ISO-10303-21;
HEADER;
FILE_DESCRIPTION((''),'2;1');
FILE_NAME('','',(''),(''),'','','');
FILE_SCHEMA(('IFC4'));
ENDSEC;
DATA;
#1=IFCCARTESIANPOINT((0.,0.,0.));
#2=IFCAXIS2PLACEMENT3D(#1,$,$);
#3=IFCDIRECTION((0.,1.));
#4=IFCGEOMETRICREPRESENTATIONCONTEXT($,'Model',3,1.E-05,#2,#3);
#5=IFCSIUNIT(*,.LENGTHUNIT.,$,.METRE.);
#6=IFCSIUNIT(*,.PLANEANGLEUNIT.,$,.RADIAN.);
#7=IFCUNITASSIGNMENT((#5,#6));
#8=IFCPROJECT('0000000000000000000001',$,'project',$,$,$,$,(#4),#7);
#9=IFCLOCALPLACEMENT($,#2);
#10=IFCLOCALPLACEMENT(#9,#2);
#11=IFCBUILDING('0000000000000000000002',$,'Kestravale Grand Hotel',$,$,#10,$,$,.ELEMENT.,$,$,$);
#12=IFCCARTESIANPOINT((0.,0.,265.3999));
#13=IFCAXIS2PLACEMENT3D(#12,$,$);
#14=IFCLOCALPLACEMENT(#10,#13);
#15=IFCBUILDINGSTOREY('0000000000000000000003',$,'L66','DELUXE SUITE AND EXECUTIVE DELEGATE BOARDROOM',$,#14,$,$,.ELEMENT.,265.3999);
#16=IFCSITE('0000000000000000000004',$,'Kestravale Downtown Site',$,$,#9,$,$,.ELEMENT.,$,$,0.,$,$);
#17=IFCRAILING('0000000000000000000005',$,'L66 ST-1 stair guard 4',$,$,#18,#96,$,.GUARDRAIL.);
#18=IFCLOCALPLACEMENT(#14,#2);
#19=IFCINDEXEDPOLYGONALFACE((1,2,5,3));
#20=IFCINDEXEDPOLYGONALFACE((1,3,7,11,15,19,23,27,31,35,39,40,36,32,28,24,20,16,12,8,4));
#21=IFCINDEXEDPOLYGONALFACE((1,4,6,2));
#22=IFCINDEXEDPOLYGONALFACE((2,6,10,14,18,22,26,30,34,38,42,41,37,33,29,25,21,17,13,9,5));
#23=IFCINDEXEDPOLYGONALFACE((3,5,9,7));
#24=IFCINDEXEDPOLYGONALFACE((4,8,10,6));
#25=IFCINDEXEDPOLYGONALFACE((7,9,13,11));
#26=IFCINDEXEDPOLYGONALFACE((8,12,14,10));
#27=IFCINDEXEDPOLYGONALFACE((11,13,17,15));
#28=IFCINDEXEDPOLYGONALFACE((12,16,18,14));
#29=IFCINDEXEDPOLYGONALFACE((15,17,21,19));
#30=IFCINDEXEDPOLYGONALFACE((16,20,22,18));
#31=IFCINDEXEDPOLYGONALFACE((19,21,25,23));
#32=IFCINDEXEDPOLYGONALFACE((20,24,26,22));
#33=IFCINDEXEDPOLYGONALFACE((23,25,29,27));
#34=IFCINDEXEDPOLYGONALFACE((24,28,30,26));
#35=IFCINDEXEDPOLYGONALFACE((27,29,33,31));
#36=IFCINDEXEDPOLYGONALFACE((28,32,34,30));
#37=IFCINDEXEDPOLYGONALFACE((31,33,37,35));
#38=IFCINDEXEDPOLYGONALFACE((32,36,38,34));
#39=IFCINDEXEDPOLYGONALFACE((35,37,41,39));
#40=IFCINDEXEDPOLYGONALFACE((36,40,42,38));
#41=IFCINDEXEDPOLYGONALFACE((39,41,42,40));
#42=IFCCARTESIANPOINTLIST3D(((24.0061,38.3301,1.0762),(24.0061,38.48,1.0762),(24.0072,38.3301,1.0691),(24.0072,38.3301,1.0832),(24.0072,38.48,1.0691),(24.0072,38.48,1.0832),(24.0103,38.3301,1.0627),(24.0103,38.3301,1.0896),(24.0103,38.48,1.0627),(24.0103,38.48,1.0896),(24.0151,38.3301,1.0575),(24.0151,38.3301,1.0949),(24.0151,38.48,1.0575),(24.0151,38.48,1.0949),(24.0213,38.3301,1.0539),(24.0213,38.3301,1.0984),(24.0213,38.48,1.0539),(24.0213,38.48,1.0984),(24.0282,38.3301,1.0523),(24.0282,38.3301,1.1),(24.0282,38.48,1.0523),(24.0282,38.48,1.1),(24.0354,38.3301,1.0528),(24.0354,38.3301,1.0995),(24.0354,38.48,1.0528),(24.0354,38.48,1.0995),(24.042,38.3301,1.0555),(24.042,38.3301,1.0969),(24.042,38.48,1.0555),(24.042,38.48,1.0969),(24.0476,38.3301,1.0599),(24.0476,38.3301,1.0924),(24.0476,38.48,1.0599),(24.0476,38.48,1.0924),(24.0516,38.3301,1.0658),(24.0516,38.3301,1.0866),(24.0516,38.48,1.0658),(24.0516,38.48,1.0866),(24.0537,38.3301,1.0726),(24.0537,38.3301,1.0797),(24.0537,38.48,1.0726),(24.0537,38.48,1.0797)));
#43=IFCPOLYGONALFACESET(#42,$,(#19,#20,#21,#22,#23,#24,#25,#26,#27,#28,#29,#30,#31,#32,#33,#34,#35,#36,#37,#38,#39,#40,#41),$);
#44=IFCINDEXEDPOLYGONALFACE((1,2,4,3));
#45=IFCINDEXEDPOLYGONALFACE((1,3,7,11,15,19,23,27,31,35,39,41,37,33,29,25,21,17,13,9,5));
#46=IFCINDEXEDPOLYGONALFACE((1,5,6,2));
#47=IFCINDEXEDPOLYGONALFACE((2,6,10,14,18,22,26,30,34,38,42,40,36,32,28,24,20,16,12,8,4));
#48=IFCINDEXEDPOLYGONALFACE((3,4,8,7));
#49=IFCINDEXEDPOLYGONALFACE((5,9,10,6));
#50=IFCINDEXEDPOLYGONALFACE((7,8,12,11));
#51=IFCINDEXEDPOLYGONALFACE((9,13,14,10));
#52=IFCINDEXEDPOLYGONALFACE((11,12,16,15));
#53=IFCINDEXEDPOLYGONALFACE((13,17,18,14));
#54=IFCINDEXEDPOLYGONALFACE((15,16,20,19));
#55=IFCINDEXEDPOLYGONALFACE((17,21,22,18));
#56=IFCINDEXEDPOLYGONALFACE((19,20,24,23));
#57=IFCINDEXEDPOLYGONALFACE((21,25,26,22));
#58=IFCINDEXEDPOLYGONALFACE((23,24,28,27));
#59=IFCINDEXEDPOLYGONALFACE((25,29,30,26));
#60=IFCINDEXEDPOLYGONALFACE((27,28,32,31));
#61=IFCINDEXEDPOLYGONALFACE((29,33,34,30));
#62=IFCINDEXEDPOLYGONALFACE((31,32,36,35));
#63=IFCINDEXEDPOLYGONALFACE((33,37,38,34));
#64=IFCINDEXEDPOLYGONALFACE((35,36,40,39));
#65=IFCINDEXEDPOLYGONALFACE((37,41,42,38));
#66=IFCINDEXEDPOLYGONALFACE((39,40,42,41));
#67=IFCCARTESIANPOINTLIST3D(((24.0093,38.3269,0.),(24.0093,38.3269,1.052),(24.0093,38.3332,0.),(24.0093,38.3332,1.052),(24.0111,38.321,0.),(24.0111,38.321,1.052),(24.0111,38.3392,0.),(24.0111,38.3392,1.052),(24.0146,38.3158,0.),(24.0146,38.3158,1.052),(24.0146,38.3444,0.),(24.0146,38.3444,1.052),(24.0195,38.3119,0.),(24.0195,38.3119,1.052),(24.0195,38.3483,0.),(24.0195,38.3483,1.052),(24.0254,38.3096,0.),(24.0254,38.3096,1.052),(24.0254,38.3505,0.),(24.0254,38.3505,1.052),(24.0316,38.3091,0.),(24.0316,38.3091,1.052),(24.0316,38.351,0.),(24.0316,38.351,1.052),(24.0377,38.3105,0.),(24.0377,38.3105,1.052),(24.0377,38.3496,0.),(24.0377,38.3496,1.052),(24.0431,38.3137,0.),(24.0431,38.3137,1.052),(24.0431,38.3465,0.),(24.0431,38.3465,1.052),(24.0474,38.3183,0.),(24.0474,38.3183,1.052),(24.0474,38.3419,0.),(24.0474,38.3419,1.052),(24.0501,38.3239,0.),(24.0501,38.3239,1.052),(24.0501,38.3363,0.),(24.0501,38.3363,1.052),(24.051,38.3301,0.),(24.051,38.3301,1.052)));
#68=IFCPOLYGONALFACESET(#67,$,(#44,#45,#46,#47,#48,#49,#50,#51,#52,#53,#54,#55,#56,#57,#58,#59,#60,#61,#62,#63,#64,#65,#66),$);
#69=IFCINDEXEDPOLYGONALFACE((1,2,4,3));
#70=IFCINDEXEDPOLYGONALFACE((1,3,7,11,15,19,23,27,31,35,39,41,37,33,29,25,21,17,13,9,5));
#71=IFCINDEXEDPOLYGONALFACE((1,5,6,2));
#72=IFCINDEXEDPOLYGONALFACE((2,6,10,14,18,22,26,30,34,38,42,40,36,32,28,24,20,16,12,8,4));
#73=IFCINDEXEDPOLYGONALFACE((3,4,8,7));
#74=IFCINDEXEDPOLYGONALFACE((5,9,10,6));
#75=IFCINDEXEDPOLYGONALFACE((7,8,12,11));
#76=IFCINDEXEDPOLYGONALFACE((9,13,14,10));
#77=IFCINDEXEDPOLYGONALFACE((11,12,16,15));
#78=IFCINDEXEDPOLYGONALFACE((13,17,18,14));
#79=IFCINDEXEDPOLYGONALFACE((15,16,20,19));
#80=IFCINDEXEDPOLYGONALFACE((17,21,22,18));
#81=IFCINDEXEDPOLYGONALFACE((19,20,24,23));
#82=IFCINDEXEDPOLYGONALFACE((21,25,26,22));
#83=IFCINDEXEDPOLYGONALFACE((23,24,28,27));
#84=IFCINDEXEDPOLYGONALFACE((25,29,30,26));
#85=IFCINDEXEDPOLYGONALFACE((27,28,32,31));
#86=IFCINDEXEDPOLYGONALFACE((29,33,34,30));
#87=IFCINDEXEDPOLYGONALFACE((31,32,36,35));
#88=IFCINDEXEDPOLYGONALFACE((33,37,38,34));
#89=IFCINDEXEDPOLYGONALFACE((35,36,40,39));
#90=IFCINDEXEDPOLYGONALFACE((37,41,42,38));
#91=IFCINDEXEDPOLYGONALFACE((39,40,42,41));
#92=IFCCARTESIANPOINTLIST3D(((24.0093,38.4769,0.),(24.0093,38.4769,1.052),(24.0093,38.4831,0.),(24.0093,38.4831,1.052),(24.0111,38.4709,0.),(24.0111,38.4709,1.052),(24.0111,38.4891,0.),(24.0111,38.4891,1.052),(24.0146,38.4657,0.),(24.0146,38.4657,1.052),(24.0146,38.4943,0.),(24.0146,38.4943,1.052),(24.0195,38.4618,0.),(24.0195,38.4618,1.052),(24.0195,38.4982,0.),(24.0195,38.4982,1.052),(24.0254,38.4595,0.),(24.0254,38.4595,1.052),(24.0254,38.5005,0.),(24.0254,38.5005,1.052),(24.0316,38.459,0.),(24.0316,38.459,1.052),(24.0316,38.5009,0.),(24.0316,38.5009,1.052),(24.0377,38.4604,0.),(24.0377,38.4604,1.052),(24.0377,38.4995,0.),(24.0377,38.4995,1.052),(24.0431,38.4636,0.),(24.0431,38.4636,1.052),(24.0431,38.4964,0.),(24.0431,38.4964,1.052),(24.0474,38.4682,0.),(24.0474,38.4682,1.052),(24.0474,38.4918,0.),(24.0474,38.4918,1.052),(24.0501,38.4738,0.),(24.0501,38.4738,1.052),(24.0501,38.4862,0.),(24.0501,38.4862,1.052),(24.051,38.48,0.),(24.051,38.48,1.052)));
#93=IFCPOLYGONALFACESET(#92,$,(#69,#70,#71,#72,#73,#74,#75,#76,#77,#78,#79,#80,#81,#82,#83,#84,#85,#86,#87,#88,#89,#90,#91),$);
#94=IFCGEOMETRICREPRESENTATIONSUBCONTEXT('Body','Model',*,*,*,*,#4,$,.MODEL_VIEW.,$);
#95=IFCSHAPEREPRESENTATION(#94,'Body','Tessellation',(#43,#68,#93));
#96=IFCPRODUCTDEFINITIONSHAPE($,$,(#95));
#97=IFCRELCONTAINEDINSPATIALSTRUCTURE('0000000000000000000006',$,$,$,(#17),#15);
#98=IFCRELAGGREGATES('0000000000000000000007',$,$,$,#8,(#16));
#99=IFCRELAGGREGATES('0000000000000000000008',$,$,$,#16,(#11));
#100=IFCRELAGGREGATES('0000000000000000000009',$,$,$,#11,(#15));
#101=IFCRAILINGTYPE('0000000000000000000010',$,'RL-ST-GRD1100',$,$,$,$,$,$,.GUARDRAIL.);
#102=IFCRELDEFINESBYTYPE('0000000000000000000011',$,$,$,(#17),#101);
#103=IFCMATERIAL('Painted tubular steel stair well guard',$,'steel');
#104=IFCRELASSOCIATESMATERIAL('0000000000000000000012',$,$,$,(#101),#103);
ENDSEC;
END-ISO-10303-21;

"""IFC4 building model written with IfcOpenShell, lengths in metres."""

from ifc_helpers import new_model, si_unit, direction, frame, origin, origin_2d, place, context, subcontext, project, spatial, circle, extrude, material, type_object, element, save


model = new_model("IFC4")

# Units and contexts
model_context = context("Model", 3, precision=1e-05, world=origin(), true_north=direction((0.0, 1.0)))
body_context = subcontext(model_context, "Body", "Model", "MODEL_VIEW")
ifc_project = project(units=[si_unit("LENGTHUNIT", "METRE"), si_unit("PLANEANGLEUNIT", "RADIAN")], contexts=[model_context])

# Site, building, storey
site_placement = place(None, origin())
site = spatial("IfcSite", under=ifc_project, at=site_placement, Name="Kestravale Downtown Site", CompositionType="ELEMENT", RefElevation=0.0)
building_placement = place(site_placement, origin())
building = spatial("IfcBuilding", under=site, at=building_placement, Name="Kestravale Grand Hotel", CompositionType="ELEMENT")
storey_placement = place(building_placement, frame((0.0, 0.0, 265.3999)))
storey = spatial("IfcBuildingStorey", under=building, at=storey_placement, Name="L66", Description="DELUXE SUITE AND EXECUTIVE DELEGATE BOARDROOM", CompositionType="ELEMENT", Elevation=265.3999)

# Railing
ifc_material_1 = material(Name="Painted tubular steel stair well guard", Category="steel")
railing_type_1 = type_object("IfcRailingType", Name="RL-ST-GRD1100", PredefinedType="GUARDRAIL", material=ifc_material_1)
railing_1_placement = place(storey_placement, frame((24.03, 38.3301, 0.0)))
element("IfcRailing", 1, at=railing_1_placement, inside=storey, type_object=railing_type_1, Name="L66 ST-1 stair guard 4", PredefinedType="GUARDRAIL", context=body_context, shape_type="SweptSolid", body=[
    extrude(circle(Radius=0.0239, at=origin_2d()), frame((0.0, 0.0, 1.0762), z_axis=(0.0, 1.0, 0.0), x_axis=(-1.0, 0.0, 0.0)), (0.0, 0.0, 1.0), 0.1499),
    extrude(circle(Radius=0.021, at=origin_2d()), origin(), (0.0, 0.0, 1.0), 1.052),
    extrude(circle(Radius=0.021, at=origin_2d()), frame((0.0, 0.1499, 0.0)), (0.0, 0.0, 1.0), 1.052),
])

save(model, "model.ifc")
